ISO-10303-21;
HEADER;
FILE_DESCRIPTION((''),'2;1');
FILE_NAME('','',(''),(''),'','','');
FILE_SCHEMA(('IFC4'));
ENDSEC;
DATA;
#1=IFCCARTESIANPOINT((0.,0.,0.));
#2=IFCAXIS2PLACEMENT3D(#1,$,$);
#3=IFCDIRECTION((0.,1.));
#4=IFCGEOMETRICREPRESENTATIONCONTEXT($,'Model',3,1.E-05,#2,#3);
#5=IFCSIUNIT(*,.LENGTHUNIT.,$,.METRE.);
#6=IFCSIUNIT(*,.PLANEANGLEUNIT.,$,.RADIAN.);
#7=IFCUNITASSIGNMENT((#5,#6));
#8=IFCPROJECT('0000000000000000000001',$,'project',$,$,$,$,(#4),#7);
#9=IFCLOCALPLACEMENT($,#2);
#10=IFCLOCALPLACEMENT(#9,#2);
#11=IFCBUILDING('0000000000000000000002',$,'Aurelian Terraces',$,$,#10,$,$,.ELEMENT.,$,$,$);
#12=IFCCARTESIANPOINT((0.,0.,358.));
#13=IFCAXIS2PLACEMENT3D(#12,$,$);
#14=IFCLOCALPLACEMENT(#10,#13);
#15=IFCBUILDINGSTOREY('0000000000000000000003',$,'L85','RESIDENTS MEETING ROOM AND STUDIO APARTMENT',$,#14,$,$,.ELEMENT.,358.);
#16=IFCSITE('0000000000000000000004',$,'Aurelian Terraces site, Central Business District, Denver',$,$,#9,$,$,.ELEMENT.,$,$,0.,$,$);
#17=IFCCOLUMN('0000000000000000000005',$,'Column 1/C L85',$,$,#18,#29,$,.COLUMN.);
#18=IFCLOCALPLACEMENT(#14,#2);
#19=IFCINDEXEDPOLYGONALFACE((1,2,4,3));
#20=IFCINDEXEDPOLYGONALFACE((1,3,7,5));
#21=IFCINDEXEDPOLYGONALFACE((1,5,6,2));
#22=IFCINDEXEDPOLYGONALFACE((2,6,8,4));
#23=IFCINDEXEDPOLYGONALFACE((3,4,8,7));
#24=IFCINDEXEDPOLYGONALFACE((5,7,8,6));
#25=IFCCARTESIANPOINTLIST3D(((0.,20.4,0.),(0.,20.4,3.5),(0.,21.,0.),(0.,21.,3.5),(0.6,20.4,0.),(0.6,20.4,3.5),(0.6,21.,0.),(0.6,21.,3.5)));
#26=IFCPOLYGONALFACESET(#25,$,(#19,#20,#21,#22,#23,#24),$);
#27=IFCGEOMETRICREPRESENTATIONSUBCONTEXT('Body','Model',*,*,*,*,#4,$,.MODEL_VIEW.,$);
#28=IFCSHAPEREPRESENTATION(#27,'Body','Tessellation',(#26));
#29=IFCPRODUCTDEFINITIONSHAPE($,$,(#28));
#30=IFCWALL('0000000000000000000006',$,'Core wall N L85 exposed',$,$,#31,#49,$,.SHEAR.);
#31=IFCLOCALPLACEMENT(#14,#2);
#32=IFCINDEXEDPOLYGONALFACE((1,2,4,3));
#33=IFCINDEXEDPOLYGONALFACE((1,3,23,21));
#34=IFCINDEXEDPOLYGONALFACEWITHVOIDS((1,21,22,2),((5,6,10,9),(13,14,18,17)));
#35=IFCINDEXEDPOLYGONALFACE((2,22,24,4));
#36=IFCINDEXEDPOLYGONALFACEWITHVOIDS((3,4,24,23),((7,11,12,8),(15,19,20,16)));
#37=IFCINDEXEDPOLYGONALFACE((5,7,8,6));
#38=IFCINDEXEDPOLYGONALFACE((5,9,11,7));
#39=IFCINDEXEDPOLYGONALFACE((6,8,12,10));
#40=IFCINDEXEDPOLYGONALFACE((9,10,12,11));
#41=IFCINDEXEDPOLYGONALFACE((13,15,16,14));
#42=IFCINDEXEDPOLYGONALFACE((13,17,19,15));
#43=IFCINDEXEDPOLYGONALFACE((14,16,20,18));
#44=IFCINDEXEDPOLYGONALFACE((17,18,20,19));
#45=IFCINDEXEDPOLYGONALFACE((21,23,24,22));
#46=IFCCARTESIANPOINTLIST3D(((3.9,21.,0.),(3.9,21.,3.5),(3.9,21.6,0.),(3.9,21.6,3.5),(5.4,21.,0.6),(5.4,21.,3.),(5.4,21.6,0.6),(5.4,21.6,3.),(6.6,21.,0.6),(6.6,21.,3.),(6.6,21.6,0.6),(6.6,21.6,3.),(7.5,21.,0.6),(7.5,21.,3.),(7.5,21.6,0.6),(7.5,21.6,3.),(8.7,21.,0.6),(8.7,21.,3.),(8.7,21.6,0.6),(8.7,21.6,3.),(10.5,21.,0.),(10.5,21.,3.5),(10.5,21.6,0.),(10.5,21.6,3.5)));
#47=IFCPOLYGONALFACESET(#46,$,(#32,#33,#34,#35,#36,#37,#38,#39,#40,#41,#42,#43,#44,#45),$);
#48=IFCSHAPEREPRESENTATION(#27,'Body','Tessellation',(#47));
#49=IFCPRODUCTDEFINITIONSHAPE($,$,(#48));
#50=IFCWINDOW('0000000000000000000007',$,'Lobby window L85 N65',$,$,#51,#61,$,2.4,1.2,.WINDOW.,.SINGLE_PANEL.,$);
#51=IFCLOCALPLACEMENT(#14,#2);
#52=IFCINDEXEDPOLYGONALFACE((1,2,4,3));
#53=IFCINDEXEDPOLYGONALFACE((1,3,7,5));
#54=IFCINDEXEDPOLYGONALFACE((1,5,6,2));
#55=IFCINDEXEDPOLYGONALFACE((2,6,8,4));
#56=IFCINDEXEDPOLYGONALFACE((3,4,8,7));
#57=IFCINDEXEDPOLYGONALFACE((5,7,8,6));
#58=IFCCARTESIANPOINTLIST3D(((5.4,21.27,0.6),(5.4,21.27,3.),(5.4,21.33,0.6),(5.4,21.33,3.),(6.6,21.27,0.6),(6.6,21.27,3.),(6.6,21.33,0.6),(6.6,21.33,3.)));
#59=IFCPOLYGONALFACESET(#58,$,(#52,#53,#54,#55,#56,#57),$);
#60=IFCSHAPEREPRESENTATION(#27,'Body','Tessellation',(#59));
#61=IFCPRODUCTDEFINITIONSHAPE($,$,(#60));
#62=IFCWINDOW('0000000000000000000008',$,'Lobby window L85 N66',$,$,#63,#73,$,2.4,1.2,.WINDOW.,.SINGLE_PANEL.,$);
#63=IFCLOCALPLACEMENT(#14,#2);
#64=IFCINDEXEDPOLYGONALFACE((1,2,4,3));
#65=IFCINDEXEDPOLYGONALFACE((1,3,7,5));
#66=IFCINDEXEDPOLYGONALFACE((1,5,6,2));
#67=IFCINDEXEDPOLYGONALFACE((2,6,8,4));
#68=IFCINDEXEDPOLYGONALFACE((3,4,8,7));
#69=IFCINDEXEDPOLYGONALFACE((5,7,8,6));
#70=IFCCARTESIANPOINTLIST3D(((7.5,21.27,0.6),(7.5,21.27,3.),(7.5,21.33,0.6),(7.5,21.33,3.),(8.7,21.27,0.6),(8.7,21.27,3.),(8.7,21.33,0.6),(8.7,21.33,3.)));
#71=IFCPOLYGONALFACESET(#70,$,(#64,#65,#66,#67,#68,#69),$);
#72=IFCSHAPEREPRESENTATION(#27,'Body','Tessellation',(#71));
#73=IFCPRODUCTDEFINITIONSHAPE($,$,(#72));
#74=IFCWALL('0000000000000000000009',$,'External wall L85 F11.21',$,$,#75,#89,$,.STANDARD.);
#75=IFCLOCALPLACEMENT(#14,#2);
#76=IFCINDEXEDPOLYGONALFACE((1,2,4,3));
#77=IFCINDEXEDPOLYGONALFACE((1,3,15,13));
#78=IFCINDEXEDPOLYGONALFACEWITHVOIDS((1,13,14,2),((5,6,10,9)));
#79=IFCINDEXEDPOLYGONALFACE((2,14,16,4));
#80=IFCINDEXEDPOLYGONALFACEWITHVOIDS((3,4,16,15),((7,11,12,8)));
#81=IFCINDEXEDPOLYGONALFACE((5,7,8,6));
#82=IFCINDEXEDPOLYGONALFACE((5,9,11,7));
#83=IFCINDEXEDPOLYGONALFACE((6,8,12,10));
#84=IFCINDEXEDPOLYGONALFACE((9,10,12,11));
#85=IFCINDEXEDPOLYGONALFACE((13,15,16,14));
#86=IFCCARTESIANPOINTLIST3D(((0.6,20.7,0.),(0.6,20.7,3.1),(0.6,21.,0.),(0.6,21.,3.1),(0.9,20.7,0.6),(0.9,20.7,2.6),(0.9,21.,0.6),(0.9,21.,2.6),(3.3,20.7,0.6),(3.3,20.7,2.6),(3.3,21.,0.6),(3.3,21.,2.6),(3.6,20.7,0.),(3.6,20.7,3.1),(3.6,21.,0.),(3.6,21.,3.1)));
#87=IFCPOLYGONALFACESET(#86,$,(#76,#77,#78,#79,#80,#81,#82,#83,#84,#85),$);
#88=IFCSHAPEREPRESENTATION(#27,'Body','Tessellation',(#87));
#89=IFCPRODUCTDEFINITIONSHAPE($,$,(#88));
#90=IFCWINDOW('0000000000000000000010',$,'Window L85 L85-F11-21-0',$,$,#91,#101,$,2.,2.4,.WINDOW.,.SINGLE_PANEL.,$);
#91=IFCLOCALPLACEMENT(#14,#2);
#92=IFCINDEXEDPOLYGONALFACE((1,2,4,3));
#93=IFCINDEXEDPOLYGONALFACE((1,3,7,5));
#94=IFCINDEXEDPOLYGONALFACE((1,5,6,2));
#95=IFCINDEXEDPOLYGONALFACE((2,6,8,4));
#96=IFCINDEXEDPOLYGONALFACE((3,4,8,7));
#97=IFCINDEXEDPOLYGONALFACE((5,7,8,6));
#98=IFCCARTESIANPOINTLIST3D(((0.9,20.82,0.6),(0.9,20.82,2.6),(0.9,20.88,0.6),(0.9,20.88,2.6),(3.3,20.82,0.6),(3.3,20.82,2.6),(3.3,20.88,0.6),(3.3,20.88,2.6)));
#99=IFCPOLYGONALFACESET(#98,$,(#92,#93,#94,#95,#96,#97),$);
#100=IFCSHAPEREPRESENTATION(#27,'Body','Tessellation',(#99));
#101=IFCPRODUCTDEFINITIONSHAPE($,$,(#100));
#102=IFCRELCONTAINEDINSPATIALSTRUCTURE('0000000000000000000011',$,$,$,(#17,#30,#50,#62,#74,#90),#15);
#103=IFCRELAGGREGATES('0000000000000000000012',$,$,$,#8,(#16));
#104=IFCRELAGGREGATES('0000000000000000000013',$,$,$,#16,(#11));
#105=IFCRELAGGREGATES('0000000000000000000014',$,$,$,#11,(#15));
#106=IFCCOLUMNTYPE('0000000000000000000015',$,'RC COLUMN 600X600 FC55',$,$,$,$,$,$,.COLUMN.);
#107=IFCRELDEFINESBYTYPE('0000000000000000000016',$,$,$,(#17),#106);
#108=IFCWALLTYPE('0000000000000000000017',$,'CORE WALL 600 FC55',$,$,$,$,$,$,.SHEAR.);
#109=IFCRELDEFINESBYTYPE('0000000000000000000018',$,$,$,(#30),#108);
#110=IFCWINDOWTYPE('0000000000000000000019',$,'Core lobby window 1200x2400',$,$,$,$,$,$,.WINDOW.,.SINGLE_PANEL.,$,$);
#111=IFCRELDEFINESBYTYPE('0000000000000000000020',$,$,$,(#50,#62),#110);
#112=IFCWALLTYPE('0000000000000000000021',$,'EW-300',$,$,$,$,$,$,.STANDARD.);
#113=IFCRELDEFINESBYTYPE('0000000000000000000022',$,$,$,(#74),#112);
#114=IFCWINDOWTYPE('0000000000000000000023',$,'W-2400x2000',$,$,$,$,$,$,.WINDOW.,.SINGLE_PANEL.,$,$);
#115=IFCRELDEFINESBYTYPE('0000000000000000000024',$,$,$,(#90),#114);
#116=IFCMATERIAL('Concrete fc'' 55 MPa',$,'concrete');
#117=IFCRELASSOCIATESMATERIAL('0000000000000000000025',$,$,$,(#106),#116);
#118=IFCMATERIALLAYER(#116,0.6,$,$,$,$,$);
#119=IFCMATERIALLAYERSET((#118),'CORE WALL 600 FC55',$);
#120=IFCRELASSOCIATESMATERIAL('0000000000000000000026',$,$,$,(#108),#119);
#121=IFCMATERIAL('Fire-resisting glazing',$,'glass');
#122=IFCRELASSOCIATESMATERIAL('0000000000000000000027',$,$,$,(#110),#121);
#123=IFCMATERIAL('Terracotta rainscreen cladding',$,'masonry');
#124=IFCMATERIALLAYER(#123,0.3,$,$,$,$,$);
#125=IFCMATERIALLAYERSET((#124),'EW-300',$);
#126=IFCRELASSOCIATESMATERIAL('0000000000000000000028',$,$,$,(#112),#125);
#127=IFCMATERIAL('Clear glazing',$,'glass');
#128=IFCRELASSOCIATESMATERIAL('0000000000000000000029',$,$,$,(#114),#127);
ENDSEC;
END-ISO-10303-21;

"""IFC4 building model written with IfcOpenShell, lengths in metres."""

from ifc_helpers import new_model, si_unit, direction, frame, frame_2d, origin, origin_2d, place, context, subcontext, project, spatial, rectangle, extrude, source, transform, mapped, material, layer, layer_set, material_profile, profile_set, type_object, element, fill, save


model = new_model("IFC4")

# Units and contexts
model_context = context("Model", 3, precision=1e-05, world=origin(), true_north=direction((0.0, 1.0)))
body_context = subcontext(model_context, "Body", "Model", "MODEL_VIEW")
ifc_project = project(units=[si_unit("LENGTHUNIT", "METRE"), si_unit("PLANEANGLEUNIT", "RADIAN")], contexts=[model_context])

# Site, building, storey
site_placement = place(None, origin())
site = spatial("IfcSite", under=ifc_project, at=site_placement, Name="Aurelian Terraces site, Central Business District, Denver", CompositionType="ELEMENT", RefElevation=0.0)
building_placement = place(site_placement, origin())
building = spatial("IfcBuilding", under=site, at=building_placement, Name="Aurelian Terraces", CompositionType="ELEMENT")
storey_placement = place(building_placement, frame((0.0, 0.0, 358.0)))
storey = spatial("IfcBuildingStorey", under=building, at=storey_placement, Name="L85", Description="RESIDENTS MEETING ROOM AND STUDIO APARTMENT", CompositionType="ELEMENT", Elevation=358.0)

# Column
ifc_material_1 = material(Name="Concrete fc' 55 MPa", Category="concrete")
ifc_material_profile = material_profile(ifc_material_1, rectangle(XDim=0.6, YDim=0.6, at=origin_2d()))
ifc_profile_set = profile_set([ifc_material_profile], Name="Concrete fc' 55 MPa")
column_type = type_object("IfcColumnType", Name="RC COLUMN 600X600 FC55", PredefinedType="COLUMN", material=ifc_profile_set)
shared_shape_1 = source(origin(), body_context, "Body", "SweptSolid", [
    extrude(rectangle(XDim=0.6, YDim=0.6, at=origin_2d()), origin(), (0.0, 0.0, 1.0), 3.5),
])
column_placement = place(storey_placement, frame((0.3, 20.7, 0.0), z_axis=(0.0, 0.0, 1.0), x_axis=(1.0, 0.0, 0.0)))
element("IfcColumn", 1, at=column_placement, inside=storey, type_object=column_type, Name="Column 1/C L85", PredefinedType="COLUMN", context=body_context, shape_type="MappedRepresentation", body=[
    mapped(shared_shape_1, transform((0.0, 0.0, 0.0), scale=1.0)),
])

# Wall, openings, windows
ifc_layer_1 = layer(ifc_material_1, 0.6)
ifc_layer_set_1 = layer_set([ifc_layer_1], Name="CORE WALL 600 FC55")
wall_type_1 = type_object("IfcWallType", Name="CORE WALL 600 FC55", PredefinedType="SHEAR", material=ifc_layer_set_1)
shared_shape_2 = source(origin(), body_context, "Body", "SweptSolid", [
    extrude(rectangle(XDim=6.6, YDim=0.6, at=frame_2d((3.3, 0.0))), origin(), (0.0, 0.0, 1.0), 3.5),
])
wall_1_placement = place(storey_placement, frame((3.9, 21.3, 0.0), z_axis=(0.0, 0.0, 1.0), x_axis=(1.0, 0.0, 0.0)))
wall_1 = element("IfcWall", 2, at=wall_1_placement, inside=storey, type_object=wall_type_1, Name="Core wall N L85 exposed", PredefinedType="SHEAR", context=body_context, shape_type="MappedRepresentation", body=[
    mapped(shared_shape_2, transform((0.0, 0.0, 0.0), scale=1.0)),
])
shared_shape_3 = source(origin(), body_context, "Body", "SweptSolid", [
    extrude(rectangle(XDim=1.2, YDim=2.4, at=frame_2d((0.6, 1.2))), frame((0.0, 0.31, 0.0), z_axis=(0.0, -1.0, 0.0), x_axis=(1.0, 0.0, 0.0)), (0.0, 0.0, 1.0), 0.62),
])
opening_1_placement = place(wall_1_placement, frame((1.5, 0.0, 0.6)))
opening_1 = element("IfcOpeningElement", 3, at=opening_1_placement, cuts=wall_1, PredefinedType="OPENING", context=body_context, shape_type="MappedRepresentation", body=[
    mapped(shared_shape_3, transform((0.0, 0.0, 0.0), scale=1.0)),
])
opening_2_placement = place(wall_1_placement, frame((3.6, 0.0, 0.6)))
opening_2 = element("IfcOpeningElement", 4, at=opening_2_placement, cuts=wall_1, PredefinedType="OPENING", context=body_context, shape_type="MappedRepresentation", body=[
    mapped(shared_shape_3, transform((0.0, 0.0, 0.0), scale=1.0)),
])
ifc_material_2 = material(Name="Fire-resisting glazing", Category="glass")
window_type_1 = type_object("IfcWindowType", Name="Core lobby window 1200x2400", PartitioningType="SINGLE_PANEL", PredefinedType="WINDOW", material=ifc_material_2)
shared_shape_4 = source(origin(), body_context, "Body", "SweptSolid", [
    extrude(rectangle(XDim=1.2, YDim=2.4, at=frame_2d((0.6, 1.2))), frame((0.0, 0.03, 0.0), z_axis=(0.0, -1.0, 0.0), x_axis=(1.0, 0.0, 0.0)), (0.0, 0.0, 1.0), 0.06),
])
window_1_placement = place(opening_1_placement, origin())
window_1 = element("IfcWindow", 5, at=window_1_placement, inside=storey, type_object=window_type_1, Name="Lobby window L85 N65", OverallHeight=2.4, OverallWidth=1.2, PartitioningType="SINGLE_PANEL", PredefinedType="WINDOW", context=body_context, shape_type="MappedRepresentation", body=[
    mapped(shared_shape_4, transform((0.0, 0.0, 0.0), scale=1.0)),
])
fill(opening_1, window_1)
window_2_placement = place(opening_2_placement, origin())
window_2 = element("IfcWindow", 6, at=window_2_placement, inside=storey, type_object=window_type_1, Name="Lobby window L85 N66", OverallHeight=2.4, OverallWidth=1.2, PartitioningType="SINGLE_PANEL", PredefinedType="WINDOW", context=body_context, shape_type="MappedRepresentation", body=[
    mapped(shared_shape_4, transform((0.0, 0.0, 0.0), scale=1.0)),
])
fill(opening_2, window_2)

# Wall, opening, window
ifc_material_3 = material(Name="Terracotta rainscreen cladding", Category="masonry")
ifc_layer_2 = layer(ifc_material_3, 0.3)
ifc_layer_set_2 = layer_set([ifc_layer_2], Name="EW-300")
wall_type_2 = type_object("IfcWallType", Name="EW-300", PredefinedType="STANDARD", material=ifc_layer_set_2)
shared_shape_5 = source(origin(), body_context, "Body", "SweptSolid", [
    extrude(rectangle(XDim=3.0, YDim=0.3, at=frame_2d((1.5, 0.0))), origin(), (0.0, 0.0, 1.0), 3.1),
])
wall_2_placement = place(storey_placement, frame((3.6, 20.85, 0.0), z_axis=(0.0, 0.0, 1.0), x_axis=(-1.0, 0.0, 0.0)))
wall_2 = element("IfcWall", 7, at=wall_2_placement, inside=storey, type_object=wall_type_2, Name="External wall L85 F11.21", PredefinedType="STANDARD", context=body_context, shape_type="MappedRepresentation", body=[
    mapped(shared_shape_5, transform((0.0, 0.0, 0.0), scale=1.0)),
])
shared_shape_6 = source(origin(), body_context, "Body", "SweptSolid", [
    extrude(rectangle(XDim=2.4, YDim=2.0, at=frame_2d((1.2, 1.0))), frame((0.0, 0.16, 0.0), z_axis=(0.0, -1.0, 0.0), x_axis=(1.0, 0.0, 0.0)), (0.0, 0.0, 1.0), 0.32),
])
opening_3_placement = place(wall_2_placement, frame((0.3, 0.0, 0.6)))
opening_3 = element("IfcOpeningElement", 8, at=opening_3_placement, cuts=wall_2, PredefinedType="OPENING", context=body_context, shape_type="MappedRepresentation", body=[
    mapped(shared_shape_6, transform((0.0, 0.0, 0.0), scale=1.0)),
])
ifc_material_4 = material(Name="Clear glazing", Category="glass")
window_type_2 = type_object("IfcWindowType", Name="W-2400x2000", PartitioningType="SINGLE_PANEL", PredefinedType="WINDOW", material=ifc_material_4)
shared_shape_7 = source(origin(), body_context, "Body", "SweptSolid", [
    extrude(rectangle(XDim=2.4, YDim=2.0, at=frame_2d((1.2, 1.0))), frame((0.0, 0.03, 0.0), z_axis=(0.0, -1.0, 0.0), x_axis=(1.0, 0.0, 0.0)), (0.0, 0.0, 1.0), 0.06),
])
window_3_placement = place(opening_3_placement, origin())
window_3 = element("IfcWindow", 9, at=window_3_placement, inside=storey, type_object=window_type_2, Name="Window L85 L85-F11-21-0", OverallHeight=2.0, OverallWidth=2.4, PartitioningType="SINGLE_PANEL", PredefinedType="WINDOW", context=body_context, shape_type="MappedRepresentation", body=[
    mapped(shared_shape_7, transform((0.0, 0.0, 0.0), scale=1.0)),
])
fill(opening_3, window_3)

save(model, "model.ifc")
